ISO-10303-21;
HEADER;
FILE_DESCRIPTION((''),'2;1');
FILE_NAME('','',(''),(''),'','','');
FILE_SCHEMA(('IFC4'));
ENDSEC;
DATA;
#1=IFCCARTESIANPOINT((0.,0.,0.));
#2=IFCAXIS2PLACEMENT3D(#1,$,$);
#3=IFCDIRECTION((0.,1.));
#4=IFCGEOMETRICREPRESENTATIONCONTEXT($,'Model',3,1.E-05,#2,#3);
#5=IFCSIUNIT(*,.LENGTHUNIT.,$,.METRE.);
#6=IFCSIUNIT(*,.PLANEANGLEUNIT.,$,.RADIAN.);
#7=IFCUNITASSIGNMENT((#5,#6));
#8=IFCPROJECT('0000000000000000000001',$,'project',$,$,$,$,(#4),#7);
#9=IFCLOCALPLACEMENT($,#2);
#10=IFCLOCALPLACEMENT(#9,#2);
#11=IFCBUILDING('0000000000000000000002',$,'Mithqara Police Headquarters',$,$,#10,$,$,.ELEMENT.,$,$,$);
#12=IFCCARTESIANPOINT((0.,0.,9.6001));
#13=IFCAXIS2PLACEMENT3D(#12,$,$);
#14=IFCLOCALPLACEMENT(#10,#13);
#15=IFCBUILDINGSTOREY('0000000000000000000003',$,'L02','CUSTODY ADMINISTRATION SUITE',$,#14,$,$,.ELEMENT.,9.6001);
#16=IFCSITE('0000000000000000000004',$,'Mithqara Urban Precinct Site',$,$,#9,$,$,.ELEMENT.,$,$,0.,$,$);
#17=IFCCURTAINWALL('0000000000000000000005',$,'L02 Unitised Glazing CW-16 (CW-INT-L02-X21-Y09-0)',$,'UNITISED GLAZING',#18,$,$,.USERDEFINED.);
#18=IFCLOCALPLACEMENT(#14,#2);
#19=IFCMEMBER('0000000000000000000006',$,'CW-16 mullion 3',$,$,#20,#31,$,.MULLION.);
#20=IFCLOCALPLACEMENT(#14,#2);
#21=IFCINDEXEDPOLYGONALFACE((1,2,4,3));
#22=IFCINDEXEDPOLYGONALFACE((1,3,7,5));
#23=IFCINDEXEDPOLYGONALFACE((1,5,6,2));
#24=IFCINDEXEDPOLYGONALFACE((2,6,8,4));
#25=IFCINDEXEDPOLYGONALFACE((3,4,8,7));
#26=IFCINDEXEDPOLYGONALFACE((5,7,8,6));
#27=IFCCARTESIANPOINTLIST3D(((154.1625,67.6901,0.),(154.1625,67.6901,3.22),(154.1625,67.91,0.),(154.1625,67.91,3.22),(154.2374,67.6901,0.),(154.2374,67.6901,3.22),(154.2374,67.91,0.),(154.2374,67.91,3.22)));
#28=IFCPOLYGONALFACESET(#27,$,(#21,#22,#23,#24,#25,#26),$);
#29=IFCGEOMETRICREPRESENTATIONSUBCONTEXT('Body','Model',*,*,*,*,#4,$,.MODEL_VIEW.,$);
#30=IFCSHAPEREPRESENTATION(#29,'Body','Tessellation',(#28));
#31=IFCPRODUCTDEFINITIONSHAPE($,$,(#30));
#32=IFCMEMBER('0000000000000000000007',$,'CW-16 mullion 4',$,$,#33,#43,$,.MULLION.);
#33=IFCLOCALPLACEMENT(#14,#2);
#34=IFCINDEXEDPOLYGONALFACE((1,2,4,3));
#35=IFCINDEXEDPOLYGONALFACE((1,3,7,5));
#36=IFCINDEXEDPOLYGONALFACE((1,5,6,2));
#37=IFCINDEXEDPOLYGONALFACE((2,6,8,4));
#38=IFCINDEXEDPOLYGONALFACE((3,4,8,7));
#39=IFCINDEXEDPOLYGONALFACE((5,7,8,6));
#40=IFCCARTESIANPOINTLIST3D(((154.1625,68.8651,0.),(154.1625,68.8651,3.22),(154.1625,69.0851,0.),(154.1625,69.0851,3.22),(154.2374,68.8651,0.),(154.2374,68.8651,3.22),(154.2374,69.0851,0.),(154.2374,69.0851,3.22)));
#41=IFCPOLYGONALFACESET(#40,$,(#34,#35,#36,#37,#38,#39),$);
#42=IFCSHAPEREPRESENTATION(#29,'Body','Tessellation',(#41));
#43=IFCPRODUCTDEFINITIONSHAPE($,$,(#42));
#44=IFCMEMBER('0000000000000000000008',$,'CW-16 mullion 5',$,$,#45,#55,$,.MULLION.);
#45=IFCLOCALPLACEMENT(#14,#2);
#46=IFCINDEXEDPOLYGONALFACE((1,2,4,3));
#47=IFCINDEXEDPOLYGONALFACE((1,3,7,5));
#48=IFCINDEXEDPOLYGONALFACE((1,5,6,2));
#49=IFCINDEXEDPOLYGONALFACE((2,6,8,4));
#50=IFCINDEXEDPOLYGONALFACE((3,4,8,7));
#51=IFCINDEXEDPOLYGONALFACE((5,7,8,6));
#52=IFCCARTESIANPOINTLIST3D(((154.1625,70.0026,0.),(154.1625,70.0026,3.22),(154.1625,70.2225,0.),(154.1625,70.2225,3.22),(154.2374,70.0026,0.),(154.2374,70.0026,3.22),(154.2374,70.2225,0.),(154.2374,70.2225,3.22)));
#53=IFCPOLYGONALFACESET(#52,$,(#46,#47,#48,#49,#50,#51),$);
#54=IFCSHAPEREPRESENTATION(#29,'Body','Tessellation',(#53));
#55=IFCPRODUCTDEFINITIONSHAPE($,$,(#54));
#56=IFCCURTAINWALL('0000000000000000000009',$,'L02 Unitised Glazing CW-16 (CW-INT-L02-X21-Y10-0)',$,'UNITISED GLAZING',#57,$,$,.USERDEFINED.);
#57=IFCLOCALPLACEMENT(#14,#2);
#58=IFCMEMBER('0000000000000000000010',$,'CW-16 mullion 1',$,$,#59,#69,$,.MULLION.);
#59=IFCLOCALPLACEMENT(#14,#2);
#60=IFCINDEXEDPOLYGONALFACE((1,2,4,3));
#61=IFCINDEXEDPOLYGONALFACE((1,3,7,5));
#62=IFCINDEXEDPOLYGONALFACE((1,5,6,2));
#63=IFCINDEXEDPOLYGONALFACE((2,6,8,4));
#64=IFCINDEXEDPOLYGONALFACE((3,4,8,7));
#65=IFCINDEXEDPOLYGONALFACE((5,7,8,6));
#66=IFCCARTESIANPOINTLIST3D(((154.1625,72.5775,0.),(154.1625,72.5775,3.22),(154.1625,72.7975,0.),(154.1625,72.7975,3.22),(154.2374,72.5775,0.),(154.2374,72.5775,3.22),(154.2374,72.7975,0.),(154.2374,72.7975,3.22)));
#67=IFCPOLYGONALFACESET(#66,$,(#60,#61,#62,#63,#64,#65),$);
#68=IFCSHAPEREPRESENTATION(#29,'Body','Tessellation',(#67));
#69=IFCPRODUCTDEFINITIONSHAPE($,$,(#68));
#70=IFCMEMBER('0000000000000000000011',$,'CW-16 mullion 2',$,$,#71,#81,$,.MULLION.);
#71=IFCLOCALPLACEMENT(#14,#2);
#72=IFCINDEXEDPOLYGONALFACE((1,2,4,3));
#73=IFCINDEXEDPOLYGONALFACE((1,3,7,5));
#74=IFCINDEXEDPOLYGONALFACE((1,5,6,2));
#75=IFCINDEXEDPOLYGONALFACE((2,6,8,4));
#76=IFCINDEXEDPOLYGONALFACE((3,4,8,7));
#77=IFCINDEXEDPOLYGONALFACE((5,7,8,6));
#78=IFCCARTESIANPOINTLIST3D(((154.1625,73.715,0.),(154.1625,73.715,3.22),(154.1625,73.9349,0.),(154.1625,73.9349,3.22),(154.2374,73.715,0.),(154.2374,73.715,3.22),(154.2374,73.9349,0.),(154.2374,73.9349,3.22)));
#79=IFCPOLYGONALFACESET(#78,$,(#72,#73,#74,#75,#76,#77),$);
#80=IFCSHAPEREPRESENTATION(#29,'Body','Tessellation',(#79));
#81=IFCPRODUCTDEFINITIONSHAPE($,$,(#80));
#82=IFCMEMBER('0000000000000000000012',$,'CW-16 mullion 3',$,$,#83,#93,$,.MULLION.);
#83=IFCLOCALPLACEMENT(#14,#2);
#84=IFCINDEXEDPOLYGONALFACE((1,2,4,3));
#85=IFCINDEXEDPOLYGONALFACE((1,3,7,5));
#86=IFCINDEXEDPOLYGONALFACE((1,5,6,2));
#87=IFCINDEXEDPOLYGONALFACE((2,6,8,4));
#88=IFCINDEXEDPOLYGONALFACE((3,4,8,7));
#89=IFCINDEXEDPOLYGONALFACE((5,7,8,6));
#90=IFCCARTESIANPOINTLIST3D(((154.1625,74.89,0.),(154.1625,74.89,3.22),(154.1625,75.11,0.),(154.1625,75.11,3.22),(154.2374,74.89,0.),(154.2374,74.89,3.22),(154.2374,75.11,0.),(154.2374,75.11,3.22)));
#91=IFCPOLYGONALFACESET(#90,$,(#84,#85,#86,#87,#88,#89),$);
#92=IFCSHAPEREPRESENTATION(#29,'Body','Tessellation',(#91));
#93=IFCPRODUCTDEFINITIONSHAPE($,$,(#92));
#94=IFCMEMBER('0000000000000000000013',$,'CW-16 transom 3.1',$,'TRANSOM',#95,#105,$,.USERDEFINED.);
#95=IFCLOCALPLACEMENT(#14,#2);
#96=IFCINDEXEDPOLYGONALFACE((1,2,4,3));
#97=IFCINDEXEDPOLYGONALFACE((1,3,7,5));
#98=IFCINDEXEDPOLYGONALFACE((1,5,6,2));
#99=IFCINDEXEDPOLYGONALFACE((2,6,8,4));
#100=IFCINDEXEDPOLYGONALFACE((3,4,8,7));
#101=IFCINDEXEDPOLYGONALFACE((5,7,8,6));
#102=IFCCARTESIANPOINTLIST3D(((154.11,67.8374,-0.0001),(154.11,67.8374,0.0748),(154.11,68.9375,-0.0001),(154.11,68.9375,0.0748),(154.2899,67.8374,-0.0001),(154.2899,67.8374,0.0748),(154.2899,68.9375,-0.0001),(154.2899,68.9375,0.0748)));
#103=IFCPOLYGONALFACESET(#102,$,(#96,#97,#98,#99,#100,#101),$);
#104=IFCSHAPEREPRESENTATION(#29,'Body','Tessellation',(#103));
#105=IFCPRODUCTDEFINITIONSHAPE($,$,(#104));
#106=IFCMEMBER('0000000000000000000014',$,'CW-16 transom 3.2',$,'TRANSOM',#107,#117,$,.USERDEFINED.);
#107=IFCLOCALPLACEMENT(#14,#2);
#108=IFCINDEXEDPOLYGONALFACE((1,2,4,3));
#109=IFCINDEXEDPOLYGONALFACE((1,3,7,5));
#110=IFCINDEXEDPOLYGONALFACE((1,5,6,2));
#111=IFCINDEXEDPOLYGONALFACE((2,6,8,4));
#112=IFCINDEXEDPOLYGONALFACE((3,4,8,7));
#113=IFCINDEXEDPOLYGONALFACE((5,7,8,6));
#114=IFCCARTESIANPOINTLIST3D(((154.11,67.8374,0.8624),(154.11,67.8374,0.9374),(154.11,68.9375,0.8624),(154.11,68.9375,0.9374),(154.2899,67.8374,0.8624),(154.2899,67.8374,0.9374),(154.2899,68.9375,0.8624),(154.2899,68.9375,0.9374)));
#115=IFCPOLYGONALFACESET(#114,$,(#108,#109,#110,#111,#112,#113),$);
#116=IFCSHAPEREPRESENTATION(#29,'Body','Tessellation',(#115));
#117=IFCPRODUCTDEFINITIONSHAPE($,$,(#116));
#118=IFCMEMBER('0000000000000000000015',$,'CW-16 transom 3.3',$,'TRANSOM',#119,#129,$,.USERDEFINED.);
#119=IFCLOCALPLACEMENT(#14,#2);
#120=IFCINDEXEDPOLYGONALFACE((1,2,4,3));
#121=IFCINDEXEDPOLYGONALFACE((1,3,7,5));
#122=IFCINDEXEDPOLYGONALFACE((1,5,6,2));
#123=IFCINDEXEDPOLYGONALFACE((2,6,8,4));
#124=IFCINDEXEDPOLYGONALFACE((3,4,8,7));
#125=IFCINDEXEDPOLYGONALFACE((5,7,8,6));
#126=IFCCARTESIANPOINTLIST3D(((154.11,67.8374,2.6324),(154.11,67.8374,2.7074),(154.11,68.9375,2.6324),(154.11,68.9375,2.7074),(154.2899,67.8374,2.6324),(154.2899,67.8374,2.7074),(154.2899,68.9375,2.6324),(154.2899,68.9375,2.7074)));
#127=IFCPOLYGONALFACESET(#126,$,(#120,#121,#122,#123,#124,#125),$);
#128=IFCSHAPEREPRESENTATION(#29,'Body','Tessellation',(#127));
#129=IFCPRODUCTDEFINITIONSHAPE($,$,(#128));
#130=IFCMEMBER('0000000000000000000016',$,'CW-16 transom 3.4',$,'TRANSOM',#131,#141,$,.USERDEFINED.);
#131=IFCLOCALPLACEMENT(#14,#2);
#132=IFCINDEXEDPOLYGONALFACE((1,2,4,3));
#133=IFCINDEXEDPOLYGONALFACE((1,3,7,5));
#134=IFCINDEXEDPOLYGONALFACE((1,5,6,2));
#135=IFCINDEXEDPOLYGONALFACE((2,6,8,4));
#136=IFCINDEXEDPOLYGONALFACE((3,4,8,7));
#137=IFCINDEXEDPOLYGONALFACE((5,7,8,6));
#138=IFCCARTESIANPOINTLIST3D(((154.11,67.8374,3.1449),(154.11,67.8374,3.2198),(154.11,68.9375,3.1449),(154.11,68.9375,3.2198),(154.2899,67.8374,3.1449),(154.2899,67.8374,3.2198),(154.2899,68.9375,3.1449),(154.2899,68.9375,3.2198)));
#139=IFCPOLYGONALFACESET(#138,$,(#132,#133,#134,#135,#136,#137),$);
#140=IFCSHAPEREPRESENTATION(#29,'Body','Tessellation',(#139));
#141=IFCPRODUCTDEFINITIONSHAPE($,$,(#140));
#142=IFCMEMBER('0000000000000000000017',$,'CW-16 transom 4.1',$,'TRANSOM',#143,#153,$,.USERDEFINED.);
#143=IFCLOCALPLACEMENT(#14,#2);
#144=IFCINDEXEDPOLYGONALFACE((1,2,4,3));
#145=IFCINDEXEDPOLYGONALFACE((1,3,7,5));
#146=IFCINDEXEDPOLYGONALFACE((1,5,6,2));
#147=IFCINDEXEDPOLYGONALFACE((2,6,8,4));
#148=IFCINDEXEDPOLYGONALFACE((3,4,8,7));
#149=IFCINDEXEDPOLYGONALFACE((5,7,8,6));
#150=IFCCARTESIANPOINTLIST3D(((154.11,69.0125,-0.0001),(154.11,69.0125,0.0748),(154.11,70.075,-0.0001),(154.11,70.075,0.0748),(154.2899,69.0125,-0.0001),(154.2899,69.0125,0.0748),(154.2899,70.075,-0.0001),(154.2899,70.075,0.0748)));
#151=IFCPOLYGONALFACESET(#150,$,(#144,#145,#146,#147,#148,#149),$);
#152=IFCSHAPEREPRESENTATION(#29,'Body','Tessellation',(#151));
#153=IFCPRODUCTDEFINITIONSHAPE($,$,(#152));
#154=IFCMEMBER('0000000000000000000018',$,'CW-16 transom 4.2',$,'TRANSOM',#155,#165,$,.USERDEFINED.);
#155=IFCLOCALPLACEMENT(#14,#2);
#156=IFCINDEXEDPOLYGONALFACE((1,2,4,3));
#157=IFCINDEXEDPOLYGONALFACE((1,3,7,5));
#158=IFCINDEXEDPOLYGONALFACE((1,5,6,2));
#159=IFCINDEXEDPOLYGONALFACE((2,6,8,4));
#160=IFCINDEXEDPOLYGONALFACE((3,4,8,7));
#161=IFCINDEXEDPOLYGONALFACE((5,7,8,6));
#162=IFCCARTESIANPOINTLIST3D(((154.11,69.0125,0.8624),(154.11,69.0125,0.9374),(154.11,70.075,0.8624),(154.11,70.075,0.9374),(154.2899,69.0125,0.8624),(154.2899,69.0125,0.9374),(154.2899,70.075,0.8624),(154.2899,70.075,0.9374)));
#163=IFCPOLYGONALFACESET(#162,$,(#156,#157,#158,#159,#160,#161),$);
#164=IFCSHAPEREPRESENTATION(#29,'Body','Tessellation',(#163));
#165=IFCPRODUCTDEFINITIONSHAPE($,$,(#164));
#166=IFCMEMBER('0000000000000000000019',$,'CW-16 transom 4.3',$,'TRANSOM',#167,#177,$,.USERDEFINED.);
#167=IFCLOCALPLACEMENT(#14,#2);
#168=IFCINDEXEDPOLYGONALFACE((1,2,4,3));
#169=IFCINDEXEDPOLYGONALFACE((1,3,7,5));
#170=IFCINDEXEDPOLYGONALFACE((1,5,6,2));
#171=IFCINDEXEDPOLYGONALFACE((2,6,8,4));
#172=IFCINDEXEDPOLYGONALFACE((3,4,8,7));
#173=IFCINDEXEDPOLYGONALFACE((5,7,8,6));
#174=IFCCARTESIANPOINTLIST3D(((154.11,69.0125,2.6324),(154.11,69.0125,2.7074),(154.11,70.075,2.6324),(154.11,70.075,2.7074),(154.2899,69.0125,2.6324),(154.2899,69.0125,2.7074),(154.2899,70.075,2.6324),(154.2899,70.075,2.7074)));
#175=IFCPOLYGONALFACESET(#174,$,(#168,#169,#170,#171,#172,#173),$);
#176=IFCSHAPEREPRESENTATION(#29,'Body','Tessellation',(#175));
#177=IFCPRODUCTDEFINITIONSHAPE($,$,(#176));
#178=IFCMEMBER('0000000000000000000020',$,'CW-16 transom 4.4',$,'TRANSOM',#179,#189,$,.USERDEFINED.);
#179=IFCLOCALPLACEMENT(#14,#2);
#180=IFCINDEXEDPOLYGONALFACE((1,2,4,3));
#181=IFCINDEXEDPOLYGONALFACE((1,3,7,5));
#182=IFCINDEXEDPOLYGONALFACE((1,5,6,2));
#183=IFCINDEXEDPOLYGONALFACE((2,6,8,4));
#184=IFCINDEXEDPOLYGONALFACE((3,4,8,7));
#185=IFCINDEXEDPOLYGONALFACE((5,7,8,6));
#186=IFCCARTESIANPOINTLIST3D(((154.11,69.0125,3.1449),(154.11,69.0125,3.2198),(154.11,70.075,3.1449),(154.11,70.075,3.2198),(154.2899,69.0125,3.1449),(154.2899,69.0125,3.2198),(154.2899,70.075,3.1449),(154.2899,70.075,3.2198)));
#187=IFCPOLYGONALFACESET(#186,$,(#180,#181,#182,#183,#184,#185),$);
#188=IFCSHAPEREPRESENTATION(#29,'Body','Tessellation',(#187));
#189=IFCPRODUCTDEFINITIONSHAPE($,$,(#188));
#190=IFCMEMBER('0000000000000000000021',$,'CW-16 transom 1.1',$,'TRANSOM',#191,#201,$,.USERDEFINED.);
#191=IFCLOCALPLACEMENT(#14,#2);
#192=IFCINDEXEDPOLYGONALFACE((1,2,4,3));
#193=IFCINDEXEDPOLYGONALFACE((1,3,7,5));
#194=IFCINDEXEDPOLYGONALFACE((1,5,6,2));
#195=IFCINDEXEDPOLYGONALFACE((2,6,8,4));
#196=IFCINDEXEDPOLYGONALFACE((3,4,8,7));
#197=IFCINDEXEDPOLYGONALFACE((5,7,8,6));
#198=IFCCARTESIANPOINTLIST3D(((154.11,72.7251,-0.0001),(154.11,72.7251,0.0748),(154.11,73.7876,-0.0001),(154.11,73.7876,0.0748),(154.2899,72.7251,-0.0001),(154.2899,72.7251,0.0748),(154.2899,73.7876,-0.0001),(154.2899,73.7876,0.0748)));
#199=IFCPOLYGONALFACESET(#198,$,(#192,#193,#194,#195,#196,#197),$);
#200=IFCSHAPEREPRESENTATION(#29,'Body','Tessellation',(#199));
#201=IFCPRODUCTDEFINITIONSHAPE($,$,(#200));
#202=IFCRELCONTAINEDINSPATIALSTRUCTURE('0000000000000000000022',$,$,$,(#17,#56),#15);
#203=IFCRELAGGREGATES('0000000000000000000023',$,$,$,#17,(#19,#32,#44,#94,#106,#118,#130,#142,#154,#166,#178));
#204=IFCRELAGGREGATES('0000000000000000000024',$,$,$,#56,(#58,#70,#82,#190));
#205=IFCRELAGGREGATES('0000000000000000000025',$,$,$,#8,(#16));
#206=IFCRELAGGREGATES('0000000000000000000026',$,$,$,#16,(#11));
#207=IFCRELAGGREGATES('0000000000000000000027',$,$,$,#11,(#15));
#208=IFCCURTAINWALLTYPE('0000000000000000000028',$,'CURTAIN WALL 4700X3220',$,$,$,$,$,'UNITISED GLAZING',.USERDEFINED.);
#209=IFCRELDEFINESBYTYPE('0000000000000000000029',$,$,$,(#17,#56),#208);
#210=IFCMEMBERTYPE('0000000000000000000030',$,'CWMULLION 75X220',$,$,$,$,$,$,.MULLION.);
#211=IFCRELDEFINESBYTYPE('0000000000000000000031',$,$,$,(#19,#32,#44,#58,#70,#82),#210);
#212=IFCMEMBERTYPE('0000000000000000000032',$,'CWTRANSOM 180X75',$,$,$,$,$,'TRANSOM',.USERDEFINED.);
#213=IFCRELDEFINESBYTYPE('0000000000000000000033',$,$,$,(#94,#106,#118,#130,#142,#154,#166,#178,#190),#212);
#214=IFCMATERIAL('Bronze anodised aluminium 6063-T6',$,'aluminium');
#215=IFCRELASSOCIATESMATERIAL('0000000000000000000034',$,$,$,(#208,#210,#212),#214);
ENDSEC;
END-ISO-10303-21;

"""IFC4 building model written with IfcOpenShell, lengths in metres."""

from ifc_helpers import new_model, si_unit, direction, frame, origin, origin_2d, place, context, subcontext, project, spatial, rectangle, extrude, material, material_profile, profile_set, type_object, element, aggregate, save


model = new_model("IFC4")

# Units and contexts
model_context = context("Model", 3, precision=1e-05, world=origin(), true_north=direction((0.0, 1.0)))
body_context = subcontext(model_context, "Body", "Model", "MODEL_VIEW")
ifc_project = project(units=[si_unit("LENGTHUNIT", "METRE"), si_unit("PLANEANGLEUNIT", "RADIAN")], contexts=[model_context])

# Site, building, storey
site_placement = place(None, origin())
site = spatial("IfcSite", under=ifc_project, at=site_placement, Name="Mithqara Urban Precinct Site", CompositionType="ELEMENT", RefElevation=0.0)
building_placement = place(site_placement, origin())
building = spatial("IfcBuilding", under=site, at=building_placement, Name="Mithqara Police Headquarters", CompositionType="ELEMENT")
storey_placement = place(building_placement, frame((0.0, 0.0, 9.6001)))
storey = spatial("IfcBuildingStorey", under=building, at=storey_placement, Name="L02", Description="CUSTODY ADMINISTRATION SUITE", CompositionType="ELEMENT", Elevation=9.6001)

# Curtain walls, members
ifc_material_1 = material(Name="Bronze anodised aluminium 6063-T6", Category="aluminium")
curtain_wall_type = type_object("IfcCurtainWallType", Name="CURTAIN WALL 4700X3220", ElementType="UNITISED GLAZING", PredefinedType="USERDEFINED", material=ifc_material_1)
curtain_wall_1_placement = place(storey_placement, origin())
curtain_wall_1 = element("IfcCurtainWall", 1, at=curtain_wall_1_placement, inside=storey, type_object=curtain_wall_type, Name="L02 Unitised Glazing CW-16 (CW-INT-L02-X21-Y09-0)", ObjectType="UNITISED GLAZING", PredefinedType="USERDEFINED")
ifc_material_profile_1 = material_profile(ifc_material_1, rectangle(XDim=0.075, YDim=0.22, at=origin_2d()), Name="CWM 75x220")
ifc_profile_set_1 = profile_set([ifc_material_profile_1], Name="Bronze anodised aluminium 6063-T6")
member_type_1 = type_object("IfcMemberType", Name="CWMULLION 75X220", PredefinedType="MULLION", material=ifc_profile_set_1)
member_1_placement = place(storey_placement, frame((154.2, 67.8, 0.0), z_axis=(0.0, 0.0, 1.0), x_axis=(-1.0, 0.0, 0.0)))
member_1 = element("IfcMember", 2, at=member_1_placement, type_object=member_type_1, Name="CW-16 mullion 3", PredefinedType="MULLION", context=body_context, shape_type="SweptSolid", body=[
    extrude(rectangle(XDim=0.075, YDim=0.22, at=origin_2d()), origin(), (0.0, 0.0, 1.0), 3.22),
])
member_2_placement = place(storey_placement, frame((154.2, 68.9751, 0.0), z_axis=(0.0, 0.0, 1.0), x_axis=(-1.0, 0.0, 0.0)))
member_2 = element("IfcMember", 3, at=member_2_placement, type_object=member_type_1, Name="CW-16 mullion 4", PredefinedType="MULLION", context=body_context, shape_type="SweptSolid", body=[
    extrude(rectangle(XDim=0.075, YDim=0.22, at=origin_2d()), origin(), (0.0, 0.0, 1.0), 3.22),
])
member_3_placement = place(storey_placement, frame((154.2, 70.1125, 0.0), z_axis=(0.0, 0.0, 1.0), x_axis=(-1.0, 0.0, 0.0)))
member_3 = element("IfcMember", 4, at=member_3_placement, type_object=member_type_1, Name="CW-16 mullion 5", PredefinedType="MULLION", context=body_context, shape_type="SweptSolid", body=[
    extrude(rectangle(XDim=0.075, YDim=0.22, at=origin_2d()), origin(), (0.0, 0.0, 1.0), 3.22),
])
curtain_wall_2_placement = place(storey_placement, origin())
curtain_wall_2 = element("IfcCurtainWall", 5, at=curtain_wall_2_placement, inside=storey, type_object=curtain_wall_type, Name="L02 Unitised Glazing CW-16 (CW-INT-L02-X21-Y10-0)", ObjectType="UNITISED GLAZING", PredefinedType="USERDEFINED")
member_4_placement = place(storey_placement, frame((154.2, 72.6875, 0.0), z_axis=(0.0, 0.0, 1.0), x_axis=(-1.0, 0.0, 0.0)))
member_4 = element("IfcMember", 6, at=member_4_placement, type_object=member_type_1, Name="CW-16 mullion 1", PredefinedType="MULLION", context=body_context, shape_type="SweptSolid", body=[
    extrude(rectangle(XDim=0.075, YDim=0.22, at=origin_2d()), origin(), (0.0, 0.0, 1.0), 3.22),
])
member_5_placement = place(storey_placement, frame((154.2, 73.825, 0.0), z_axis=(0.0, 0.0, 1.0), x_axis=(-1.0, 0.0, 0.0)))
member_5 = element("IfcMember", 7, at=member_5_placement, type_object=member_type_1, Name="CW-16 mullion 2", PredefinedType="MULLION", context=body_context, shape_type="SweptSolid", body=[
    extrude(rectangle(XDim=0.075, YDim=0.22, at=origin_2d()), origin(), (0.0, 0.0, 1.0), 3.22),
])
member_6_placement = place(storey_placement, frame((154.2, 75.0, 0.0), z_axis=(0.0, 0.0, 1.0), x_axis=(-1.0, 0.0, 0.0)))
member_6 = element("IfcMember", 8, at=member_6_placement, type_object=member_type_1, Name="CW-16 mullion 3", PredefinedType="MULLION", context=body_context, shape_type="SweptSolid", body=[
    extrude(rectangle(XDim=0.075, YDim=0.22, at=origin_2d()), origin(), (0.0, 0.0, 1.0), 3.22),
])

# Members
ifc_material_profile_2 = material_profile(ifc_material_1, rectangle(XDim=0.1799, YDim=0.075, at=origin_2d()), Name="CWT 180x75")
ifc_profile_set_2 = profile_set([ifc_material_profile_2], Name="Bronze anodised aluminium 6063-T6")
member_type_2 = type_object("IfcMemberType", Name="CWTRANSOM 180X75", ElementType="TRANSOM", PredefinedType="USERDEFINED", material=ifc_profile_set_2)
member_7_placement = place(storey_placement, frame((154.2, 67.8374, 0.0374), z_axis=(0.0, 1.0, 0.0), x_axis=(-1.0, 0.0, 0.0)))
member_7 = element("IfcMember", 9, at=member_7_placement, type_object=member_type_2, Name="CW-16 transom 3.1", ObjectType="TRANSOM", PredefinedType="USERDEFINED", context=body_context, shape_type="SweptSolid", body=[
    extrude(rectangle(XDim=0.1799, YDim=0.075, at=origin_2d()), origin(), (0.0, 0.0, 1.0), 1.1001),
])
member_8_placement = place(storey_placement, frame((154.2, 67.8374, 0.8999), z_axis=(0.0, 1.0, 0.0), x_axis=(-1.0, 0.0, 0.0)))
member_8 = element("IfcMember", 10, at=member_8_placement, type_object=member_type_2, Name="CW-16 transom 3.2", ObjectType="TRANSOM", PredefinedType="USERDEFINED", context=body_context, shape_type="SweptSolid", body=[
    extrude(rectangle(XDim=0.1799, YDim=0.075, at=origin_2d()), origin(), (0.0, 0.0, 1.0), 1.1001),
])
member_9_placement = place(storey_placement, frame((154.2, 67.8374, 2.6699), z_axis=(0.0, 1.0, 0.0), x_axis=(-1.0, 0.0, 0.0)))
member_9 = element("IfcMember", 11, at=member_9_placement, type_object=member_type_2, Name="CW-16 transom 3.3", ObjectType="TRANSOM", PredefinedType="USERDEFINED", context=body_context, shape_type="SweptSolid", body=[
    extrude(rectangle(XDim=0.1799, YDim=0.075, at=origin_2d()), origin(), (0.0, 0.0, 1.0), 1.1001),
])
member_10_placement = place(storey_placement, frame((154.2, 67.8374, 3.1824), z_axis=(0.0, 1.0, 0.0), x_axis=(-1.0, 0.0, 0.0)))
member_10 = element("IfcMember", 12, at=member_10_placement, type_object=member_type_2, Name="CW-16 transom 3.4", ObjectType="TRANSOM", PredefinedType="USERDEFINED", context=body_context, shape_type="SweptSolid", body=[
    extrude(rectangle(XDim=0.1799, YDim=0.075, at=origin_2d()), origin(), (0.0, 0.0, 1.0), 1.1001),
])
member_11_placement = place(storey_placement, frame((154.2, 69.0125, 0.0374), z_axis=(0.0, 1.0, 0.0), x_axis=(-1.0, 0.0, 0.0)))
member_11 = element("IfcMember", 13, at=member_11_placement, type_object=member_type_2, Name="CW-16 transom 4.1", ObjectType="TRANSOM", PredefinedType="USERDEFINED", context=body_context, shape_type="SweptSolid", body=[
    extrude(rectangle(XDim=0.1799, YDim=0.075, at=origin_2d()), origin(), (0.0, 0.0, 1.0), 1.0625),
])
member_12_placement = place(storey_placement, frame((154.2, 69.0125, 0.8999), z_axis=(0.0, 1.0, 0.0), x_axis=(-1.0, 0.0, 0.0)))
member_12 = element("IfcMember", 14, at=member_12_placement, type_object=member_type_2, Name="CW-16 transom 4.2", ObjectType="TRANSOM", PredefinedType="USERDEFINED", context=body_context, shape_type="SweptSolid", body=[
    extrude(rectangle(XDim=0.1799, YDim=0.075, at=origin_2d()), origin(), (0.0, 0.0, 1.0), 1.0625),
])
member_13_placement = place(storey_placement, frame((154.2, 69.0125, 2.6699), z_axis=(0.0, 1.0, 0.0), x_axis=(-1.0, 0.0, 0.0)))
member_13 = element("IfcMember", 15, at=member_13_placement, type_object=member_type_2, Name="CW-16 transom 4.3", ObjectType="TRANSOM", PredefinedType="USERDEFINED", context=body_context, shape_type="SweptSolid", body=[
    extrude(rectangle(XDim=0.1799, YDim=0.075, at=origin_2d()), origin(), (0.0, 0.0, 1.0), 1.0625),
])
member_14_placement = place(storey_placement, frame((154.2, 69.0125, 3.1824), z_axis=(0.0, 1.0, 0.0), x_axis=(-1.0, 0.0, 0.0)))
member_14 = element("IfcMember", 16, at=member_14_placement, type_object=member_type_2, Name="CW-16 transom 4.4", ObjectType="TRANSOM", PredefinedType="USERDEFINED", context=body_context, shape_type="SweptSolid", body=[
    extrude(rectangle(XDim=0.1799, YDim=0.075, at=origin_2d()), origin(), (0.0, 0.0, 1.0), 1.0625),
])
member_15_placement = place(storey_placement, frame((154.2, 72.7251, 0.0374), z_axis=(0.0, 1.0, 0.0), x_axis=(-1.0, 0.0, 0.0)))
member_15 = element("IfcMember", 17, at=member_15_placement, type_object=member_type_2, Name="CW-16 transom 1.1", ObjectType="TRANSOM", PredefinedType="USERDEFINED", context=body_context, shape_type="SweptSolid", body=[
    extrude(rectangle(XDim=0.1799, YDim=0.075, at=origin_2d()), origin(), (0.0, 0.0, 1.0), 1.0625),
])

aggregate(curtain_wall_1, [member_1, member_2, member_3, member_7, member_8, member_9, member_10, member_11, member_12, member_13, member_14])
aggregate(curtain_wall_2, [member_4, member_5, member_6, member_15])

save(model, "model.ifc")
